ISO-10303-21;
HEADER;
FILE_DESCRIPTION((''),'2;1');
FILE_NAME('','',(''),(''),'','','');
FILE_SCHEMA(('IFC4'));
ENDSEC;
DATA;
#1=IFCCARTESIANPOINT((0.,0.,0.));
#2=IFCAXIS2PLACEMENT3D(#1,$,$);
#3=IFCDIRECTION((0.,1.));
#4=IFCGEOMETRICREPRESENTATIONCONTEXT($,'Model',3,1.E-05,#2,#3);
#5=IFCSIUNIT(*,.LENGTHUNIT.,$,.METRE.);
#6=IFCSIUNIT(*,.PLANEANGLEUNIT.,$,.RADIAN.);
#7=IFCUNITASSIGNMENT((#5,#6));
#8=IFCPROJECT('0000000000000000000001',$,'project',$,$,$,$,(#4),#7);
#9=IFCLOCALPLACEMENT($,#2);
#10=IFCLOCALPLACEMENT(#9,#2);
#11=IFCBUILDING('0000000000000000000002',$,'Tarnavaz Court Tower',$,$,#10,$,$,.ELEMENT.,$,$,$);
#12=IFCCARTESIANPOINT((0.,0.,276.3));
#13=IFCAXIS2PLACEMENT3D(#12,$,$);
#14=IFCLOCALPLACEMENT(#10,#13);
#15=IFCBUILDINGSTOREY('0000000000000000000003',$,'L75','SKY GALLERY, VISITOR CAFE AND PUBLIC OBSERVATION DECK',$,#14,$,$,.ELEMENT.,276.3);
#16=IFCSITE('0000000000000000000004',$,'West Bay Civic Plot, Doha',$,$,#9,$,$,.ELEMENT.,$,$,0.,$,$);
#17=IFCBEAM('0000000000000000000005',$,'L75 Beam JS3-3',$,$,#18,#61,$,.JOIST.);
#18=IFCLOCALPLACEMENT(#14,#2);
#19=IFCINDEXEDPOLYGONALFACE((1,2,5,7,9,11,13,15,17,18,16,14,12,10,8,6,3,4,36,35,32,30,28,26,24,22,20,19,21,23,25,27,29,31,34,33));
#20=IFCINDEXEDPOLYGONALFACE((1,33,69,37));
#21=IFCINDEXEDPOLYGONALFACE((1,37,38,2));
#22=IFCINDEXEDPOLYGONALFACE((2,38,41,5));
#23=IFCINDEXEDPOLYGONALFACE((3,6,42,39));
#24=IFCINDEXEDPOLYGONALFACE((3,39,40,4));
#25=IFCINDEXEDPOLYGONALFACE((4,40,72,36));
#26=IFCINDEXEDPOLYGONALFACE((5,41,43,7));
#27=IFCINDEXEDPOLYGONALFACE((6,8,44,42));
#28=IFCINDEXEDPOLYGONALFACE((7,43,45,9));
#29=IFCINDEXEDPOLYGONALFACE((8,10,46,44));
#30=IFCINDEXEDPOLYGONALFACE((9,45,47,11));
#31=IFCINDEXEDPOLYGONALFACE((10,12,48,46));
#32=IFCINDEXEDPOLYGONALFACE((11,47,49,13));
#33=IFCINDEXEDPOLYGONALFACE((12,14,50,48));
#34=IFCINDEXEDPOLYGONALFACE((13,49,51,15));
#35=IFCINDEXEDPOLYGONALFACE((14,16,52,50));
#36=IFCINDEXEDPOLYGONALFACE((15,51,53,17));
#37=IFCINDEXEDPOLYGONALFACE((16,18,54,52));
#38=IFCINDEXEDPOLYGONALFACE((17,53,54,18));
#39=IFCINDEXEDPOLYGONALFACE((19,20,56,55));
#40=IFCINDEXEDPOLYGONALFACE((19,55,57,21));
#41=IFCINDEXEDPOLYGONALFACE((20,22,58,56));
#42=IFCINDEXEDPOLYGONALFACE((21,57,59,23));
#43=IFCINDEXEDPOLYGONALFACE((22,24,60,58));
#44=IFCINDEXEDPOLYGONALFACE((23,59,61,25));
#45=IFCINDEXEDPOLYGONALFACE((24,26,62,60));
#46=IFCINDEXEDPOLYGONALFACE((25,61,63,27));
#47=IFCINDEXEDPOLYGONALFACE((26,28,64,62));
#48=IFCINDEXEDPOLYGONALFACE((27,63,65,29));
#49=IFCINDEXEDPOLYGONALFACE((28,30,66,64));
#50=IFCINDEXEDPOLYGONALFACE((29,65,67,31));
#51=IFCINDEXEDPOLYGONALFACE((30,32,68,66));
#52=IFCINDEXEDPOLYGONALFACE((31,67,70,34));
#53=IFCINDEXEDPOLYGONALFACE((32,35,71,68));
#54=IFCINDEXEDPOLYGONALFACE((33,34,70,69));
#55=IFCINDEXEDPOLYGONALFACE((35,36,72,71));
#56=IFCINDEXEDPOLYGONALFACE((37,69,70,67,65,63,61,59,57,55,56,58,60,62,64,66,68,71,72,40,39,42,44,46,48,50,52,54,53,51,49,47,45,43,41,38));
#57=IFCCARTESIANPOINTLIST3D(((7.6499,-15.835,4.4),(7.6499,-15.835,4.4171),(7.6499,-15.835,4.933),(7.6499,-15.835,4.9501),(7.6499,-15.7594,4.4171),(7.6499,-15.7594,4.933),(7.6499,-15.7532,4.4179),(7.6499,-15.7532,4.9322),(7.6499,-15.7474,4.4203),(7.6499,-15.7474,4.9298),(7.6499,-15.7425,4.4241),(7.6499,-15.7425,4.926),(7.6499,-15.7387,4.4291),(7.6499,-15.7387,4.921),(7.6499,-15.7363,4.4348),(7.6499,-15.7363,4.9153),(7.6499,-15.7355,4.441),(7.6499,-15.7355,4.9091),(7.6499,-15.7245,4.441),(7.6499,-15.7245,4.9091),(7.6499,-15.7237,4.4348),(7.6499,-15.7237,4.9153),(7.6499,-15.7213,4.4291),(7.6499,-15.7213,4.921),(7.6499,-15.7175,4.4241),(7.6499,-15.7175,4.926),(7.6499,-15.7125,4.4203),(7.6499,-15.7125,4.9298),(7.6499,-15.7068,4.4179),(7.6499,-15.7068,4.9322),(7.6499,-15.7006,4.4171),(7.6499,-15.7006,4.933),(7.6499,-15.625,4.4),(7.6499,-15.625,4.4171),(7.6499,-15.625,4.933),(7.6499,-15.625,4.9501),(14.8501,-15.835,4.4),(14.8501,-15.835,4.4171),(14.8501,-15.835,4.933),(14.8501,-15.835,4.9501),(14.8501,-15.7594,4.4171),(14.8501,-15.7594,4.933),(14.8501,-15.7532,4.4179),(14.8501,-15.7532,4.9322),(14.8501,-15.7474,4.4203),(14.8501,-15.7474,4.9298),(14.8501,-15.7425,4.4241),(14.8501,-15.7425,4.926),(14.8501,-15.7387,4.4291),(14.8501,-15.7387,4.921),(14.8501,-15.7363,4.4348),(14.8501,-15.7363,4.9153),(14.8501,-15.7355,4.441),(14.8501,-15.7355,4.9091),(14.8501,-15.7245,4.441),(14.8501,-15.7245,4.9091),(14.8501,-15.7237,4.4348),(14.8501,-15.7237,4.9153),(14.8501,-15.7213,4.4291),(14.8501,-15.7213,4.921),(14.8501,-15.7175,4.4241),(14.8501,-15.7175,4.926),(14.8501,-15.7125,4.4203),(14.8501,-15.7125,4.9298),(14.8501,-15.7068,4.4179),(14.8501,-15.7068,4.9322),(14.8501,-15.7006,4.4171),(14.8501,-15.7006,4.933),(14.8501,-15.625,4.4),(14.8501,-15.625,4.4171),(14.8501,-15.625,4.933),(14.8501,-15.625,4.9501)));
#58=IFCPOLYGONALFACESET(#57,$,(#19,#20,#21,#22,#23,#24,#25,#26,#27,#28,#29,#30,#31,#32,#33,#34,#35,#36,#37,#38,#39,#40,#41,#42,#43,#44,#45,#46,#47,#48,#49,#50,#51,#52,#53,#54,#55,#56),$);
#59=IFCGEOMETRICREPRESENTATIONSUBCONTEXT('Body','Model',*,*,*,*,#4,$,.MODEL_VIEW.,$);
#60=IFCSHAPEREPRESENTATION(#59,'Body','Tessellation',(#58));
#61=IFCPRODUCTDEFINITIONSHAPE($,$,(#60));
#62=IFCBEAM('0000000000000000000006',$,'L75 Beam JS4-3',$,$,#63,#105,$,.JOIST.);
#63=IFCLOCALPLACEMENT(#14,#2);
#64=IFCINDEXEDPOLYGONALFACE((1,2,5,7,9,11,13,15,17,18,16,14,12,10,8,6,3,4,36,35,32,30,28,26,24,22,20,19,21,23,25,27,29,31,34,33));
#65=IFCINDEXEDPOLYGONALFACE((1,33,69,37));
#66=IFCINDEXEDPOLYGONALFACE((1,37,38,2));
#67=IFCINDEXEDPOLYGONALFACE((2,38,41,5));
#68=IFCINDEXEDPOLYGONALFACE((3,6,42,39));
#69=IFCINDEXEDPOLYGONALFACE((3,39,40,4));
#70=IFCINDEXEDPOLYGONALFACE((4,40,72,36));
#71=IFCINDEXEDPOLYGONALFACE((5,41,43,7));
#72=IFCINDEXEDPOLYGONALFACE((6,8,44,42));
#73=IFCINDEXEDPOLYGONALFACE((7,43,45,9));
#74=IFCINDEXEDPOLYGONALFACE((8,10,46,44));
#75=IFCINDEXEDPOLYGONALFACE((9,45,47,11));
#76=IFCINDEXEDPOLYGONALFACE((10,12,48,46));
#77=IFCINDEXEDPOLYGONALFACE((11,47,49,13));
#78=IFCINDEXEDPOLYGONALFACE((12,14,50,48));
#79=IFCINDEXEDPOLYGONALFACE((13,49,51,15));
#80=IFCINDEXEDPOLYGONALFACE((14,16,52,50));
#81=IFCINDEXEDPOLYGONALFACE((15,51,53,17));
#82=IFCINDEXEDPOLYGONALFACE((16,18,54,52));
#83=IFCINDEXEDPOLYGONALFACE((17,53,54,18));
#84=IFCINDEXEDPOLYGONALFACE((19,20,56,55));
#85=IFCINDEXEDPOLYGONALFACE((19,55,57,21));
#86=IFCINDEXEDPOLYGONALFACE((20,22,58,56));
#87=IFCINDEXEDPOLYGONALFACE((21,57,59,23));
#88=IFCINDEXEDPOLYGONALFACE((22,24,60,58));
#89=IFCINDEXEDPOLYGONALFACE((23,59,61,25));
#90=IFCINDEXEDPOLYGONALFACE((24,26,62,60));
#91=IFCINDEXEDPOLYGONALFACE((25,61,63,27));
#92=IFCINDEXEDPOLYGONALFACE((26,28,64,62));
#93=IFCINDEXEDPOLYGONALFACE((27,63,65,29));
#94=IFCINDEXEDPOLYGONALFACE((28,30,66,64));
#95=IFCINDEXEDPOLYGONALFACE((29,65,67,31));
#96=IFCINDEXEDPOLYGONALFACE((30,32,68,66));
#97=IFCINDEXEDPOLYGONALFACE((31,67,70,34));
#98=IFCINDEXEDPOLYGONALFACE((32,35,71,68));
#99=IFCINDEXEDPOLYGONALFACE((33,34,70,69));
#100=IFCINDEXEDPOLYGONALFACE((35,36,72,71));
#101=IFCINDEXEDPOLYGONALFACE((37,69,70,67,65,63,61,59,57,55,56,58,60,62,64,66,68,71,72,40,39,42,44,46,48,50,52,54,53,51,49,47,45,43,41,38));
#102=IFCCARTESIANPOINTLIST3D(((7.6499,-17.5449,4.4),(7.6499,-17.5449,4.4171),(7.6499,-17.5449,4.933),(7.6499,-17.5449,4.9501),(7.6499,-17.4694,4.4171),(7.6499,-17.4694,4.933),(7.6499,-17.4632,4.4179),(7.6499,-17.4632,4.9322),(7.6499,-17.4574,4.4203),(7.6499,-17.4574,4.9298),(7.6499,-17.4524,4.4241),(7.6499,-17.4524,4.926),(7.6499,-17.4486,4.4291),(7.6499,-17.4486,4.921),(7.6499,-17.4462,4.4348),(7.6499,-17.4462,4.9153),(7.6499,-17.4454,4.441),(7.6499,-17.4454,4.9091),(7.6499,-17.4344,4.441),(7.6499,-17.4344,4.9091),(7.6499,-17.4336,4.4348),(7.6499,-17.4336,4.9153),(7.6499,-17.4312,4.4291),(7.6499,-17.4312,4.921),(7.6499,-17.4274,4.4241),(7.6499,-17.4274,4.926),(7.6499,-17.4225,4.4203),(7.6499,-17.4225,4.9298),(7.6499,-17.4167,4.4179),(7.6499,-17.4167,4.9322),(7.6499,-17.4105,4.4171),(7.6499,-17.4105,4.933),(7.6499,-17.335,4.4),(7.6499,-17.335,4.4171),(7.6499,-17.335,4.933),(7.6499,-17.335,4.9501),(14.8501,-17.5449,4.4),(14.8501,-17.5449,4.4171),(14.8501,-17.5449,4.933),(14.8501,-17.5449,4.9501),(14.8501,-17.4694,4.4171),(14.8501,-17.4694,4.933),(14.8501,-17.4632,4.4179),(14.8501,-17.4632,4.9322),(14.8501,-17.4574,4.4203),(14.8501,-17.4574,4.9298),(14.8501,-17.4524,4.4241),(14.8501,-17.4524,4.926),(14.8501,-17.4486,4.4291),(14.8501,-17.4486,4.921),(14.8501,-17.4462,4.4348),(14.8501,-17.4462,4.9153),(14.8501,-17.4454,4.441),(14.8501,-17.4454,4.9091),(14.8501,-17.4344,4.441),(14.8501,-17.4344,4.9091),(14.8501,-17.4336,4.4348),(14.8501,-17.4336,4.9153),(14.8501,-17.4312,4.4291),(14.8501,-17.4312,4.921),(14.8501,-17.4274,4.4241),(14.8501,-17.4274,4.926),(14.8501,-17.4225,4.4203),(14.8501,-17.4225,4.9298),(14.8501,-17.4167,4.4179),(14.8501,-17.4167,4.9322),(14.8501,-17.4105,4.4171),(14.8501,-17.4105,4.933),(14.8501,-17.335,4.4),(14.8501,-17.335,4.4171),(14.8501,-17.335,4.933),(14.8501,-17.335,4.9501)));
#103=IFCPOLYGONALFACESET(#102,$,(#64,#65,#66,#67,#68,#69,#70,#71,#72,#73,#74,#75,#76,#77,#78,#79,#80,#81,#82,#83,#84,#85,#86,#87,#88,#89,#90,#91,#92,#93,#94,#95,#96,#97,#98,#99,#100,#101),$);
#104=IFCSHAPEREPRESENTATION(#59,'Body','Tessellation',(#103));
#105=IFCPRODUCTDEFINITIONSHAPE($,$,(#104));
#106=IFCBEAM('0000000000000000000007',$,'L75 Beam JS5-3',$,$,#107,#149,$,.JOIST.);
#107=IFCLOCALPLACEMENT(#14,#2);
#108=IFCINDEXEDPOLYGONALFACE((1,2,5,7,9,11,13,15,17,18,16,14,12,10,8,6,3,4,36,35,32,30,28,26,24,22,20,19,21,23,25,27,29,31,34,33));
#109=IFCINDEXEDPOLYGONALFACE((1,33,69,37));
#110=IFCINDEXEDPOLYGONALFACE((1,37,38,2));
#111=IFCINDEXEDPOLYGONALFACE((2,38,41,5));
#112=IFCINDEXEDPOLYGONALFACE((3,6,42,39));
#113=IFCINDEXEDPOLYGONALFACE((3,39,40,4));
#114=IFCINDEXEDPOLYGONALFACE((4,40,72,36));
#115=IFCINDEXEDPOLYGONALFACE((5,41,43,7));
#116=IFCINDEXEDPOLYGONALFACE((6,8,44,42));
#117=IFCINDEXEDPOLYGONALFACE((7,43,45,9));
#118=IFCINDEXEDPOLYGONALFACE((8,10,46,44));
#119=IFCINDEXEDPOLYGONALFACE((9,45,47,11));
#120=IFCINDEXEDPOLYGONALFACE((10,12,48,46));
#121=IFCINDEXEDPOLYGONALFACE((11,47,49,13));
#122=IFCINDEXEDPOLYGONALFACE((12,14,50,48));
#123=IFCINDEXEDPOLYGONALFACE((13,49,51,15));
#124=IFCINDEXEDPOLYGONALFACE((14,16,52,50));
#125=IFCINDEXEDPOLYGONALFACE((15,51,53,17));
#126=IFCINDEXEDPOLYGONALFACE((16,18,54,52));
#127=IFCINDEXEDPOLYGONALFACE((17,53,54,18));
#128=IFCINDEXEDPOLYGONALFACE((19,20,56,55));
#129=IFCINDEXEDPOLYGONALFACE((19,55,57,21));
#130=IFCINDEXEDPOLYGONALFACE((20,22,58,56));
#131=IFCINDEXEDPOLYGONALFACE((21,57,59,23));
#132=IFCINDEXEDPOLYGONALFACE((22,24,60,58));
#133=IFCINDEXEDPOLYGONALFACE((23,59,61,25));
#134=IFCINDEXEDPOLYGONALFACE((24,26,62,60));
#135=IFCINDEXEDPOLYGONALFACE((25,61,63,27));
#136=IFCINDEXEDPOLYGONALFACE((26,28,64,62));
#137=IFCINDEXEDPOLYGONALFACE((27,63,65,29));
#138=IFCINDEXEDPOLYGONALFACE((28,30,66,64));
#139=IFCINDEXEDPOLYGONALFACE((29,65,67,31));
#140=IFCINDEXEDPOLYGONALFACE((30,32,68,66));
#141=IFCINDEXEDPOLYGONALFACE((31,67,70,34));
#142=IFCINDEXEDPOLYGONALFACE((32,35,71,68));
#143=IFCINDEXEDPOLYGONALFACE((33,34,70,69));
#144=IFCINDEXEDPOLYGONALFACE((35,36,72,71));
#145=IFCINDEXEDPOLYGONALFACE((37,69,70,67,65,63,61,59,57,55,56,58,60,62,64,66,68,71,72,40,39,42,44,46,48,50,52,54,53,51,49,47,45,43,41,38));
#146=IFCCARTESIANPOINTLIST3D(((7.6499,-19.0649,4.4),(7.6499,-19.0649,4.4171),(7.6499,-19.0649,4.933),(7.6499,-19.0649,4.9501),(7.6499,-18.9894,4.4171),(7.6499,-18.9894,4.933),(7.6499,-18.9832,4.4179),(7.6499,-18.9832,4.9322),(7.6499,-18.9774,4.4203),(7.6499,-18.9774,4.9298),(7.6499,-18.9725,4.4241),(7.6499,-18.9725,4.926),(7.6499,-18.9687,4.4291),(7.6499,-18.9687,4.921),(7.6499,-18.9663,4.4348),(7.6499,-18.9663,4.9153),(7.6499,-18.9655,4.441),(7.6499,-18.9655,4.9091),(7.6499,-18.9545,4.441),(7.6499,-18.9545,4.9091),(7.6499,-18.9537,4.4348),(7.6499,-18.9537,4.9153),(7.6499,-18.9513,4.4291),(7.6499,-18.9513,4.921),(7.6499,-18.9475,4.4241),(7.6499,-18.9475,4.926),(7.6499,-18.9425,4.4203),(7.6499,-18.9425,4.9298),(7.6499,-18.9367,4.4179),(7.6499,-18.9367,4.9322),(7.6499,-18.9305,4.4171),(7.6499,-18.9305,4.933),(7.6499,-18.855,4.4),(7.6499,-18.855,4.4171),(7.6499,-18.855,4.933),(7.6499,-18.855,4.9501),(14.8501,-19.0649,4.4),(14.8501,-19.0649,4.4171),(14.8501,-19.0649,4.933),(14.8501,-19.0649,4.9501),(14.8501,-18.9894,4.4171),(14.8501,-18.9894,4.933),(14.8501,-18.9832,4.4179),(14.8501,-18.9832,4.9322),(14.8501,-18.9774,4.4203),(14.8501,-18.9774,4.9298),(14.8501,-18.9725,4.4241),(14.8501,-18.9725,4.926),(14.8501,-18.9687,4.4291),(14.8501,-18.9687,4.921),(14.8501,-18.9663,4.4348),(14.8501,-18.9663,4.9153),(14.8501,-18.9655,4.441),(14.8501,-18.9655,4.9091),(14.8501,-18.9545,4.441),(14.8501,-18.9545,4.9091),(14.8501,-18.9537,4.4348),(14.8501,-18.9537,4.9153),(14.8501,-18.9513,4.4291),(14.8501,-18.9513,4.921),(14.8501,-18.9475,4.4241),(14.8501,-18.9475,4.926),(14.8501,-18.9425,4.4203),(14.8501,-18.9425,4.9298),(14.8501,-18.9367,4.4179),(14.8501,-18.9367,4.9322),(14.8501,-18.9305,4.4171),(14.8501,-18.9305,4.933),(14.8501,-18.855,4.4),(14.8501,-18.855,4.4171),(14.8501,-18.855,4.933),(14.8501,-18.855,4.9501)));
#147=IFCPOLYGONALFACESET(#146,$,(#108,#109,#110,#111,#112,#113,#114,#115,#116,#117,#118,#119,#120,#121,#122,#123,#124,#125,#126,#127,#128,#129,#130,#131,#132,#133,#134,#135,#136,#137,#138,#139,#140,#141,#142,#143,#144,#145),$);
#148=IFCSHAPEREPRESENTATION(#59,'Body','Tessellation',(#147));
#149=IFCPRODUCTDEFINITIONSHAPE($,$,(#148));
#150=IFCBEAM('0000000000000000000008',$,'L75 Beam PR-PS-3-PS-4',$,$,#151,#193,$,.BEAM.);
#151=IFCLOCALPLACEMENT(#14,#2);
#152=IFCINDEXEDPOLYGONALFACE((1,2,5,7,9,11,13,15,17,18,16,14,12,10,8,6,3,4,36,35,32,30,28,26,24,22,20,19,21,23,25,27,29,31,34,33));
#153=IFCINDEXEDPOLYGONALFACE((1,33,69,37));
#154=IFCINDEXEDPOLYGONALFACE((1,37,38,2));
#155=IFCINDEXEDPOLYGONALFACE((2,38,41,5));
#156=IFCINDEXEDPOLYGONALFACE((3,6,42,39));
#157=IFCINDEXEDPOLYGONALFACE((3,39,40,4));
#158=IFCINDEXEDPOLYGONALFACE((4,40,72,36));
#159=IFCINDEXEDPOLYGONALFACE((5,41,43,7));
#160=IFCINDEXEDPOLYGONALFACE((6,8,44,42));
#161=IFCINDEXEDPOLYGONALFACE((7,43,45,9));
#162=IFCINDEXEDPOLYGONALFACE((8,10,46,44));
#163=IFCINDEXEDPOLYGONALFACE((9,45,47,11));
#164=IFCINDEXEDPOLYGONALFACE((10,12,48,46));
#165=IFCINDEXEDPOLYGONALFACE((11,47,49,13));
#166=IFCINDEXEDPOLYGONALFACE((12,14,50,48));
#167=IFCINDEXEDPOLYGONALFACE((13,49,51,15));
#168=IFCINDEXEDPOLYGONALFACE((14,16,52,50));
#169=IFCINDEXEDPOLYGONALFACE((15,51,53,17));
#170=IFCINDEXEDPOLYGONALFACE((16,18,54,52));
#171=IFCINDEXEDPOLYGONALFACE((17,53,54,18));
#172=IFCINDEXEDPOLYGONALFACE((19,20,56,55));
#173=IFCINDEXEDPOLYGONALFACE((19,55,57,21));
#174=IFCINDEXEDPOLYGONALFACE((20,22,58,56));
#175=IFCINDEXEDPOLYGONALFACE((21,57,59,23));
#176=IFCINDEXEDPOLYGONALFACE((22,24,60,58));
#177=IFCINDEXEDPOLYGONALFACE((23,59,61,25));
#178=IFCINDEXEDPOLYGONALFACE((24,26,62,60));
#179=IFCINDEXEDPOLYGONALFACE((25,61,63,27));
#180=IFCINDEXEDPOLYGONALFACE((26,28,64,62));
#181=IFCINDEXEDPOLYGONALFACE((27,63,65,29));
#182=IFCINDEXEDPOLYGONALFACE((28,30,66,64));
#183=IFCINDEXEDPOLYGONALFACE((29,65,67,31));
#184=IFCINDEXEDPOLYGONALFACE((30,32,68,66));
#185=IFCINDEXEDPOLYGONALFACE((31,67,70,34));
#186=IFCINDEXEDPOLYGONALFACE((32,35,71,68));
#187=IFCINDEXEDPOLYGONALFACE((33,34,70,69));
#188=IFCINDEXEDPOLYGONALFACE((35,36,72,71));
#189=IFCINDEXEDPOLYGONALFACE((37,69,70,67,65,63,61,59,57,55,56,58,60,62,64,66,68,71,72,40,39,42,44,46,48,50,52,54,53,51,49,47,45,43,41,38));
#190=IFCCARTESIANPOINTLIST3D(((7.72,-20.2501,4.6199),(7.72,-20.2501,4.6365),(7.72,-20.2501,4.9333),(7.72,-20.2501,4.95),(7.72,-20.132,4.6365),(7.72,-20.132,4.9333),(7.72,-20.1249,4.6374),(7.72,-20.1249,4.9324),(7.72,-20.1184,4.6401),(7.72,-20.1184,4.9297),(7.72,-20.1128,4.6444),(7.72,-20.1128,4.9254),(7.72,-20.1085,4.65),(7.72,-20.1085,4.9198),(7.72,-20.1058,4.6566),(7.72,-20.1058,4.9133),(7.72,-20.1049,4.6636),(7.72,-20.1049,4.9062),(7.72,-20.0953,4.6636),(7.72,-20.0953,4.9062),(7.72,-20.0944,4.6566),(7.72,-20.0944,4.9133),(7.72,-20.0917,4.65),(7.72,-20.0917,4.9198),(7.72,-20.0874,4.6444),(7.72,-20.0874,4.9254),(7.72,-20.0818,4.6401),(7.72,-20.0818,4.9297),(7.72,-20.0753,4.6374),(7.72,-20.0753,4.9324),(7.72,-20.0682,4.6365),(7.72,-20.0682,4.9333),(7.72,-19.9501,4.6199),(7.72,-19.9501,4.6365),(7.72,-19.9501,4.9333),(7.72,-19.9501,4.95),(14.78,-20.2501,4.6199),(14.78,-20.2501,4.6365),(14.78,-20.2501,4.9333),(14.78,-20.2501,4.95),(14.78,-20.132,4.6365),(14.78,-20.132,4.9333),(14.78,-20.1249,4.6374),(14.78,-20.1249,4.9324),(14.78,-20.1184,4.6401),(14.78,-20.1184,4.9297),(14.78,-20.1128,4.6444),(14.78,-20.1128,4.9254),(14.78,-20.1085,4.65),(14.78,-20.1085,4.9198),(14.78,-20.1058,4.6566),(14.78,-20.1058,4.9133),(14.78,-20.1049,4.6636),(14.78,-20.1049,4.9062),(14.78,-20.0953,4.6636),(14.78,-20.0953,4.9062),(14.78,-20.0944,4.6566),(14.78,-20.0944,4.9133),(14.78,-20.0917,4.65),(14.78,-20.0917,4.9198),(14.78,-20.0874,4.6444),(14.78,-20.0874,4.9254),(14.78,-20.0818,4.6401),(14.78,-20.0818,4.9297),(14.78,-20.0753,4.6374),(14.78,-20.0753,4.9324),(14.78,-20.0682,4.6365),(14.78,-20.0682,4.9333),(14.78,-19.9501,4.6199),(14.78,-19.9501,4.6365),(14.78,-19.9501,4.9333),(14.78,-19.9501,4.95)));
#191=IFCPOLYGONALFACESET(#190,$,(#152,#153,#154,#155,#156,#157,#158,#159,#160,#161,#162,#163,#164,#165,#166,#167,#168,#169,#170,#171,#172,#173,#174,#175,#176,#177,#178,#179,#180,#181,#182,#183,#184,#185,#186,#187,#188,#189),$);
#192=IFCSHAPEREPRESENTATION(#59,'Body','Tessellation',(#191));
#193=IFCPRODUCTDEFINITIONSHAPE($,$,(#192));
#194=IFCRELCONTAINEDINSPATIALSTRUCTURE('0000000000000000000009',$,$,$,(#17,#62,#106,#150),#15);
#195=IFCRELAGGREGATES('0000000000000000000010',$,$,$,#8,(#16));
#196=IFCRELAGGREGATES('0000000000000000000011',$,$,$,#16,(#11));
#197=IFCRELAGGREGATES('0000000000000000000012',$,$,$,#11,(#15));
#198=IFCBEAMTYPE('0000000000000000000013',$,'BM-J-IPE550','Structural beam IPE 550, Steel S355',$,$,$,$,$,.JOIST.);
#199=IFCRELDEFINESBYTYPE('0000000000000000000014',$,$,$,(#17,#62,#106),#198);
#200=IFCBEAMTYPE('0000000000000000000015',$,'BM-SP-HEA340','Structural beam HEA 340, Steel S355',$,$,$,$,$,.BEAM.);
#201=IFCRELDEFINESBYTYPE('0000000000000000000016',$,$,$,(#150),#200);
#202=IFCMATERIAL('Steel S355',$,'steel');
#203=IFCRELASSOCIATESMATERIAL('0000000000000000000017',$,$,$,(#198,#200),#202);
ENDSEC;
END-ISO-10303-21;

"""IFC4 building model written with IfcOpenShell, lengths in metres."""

from ifc_helpers import new_model, si_unit, direction, frame, origin, origin_2d, place, context, subcontext, project, spatial, i_section, extrude, material, material_profile, profile_set, type_object, element, save


model = new_model("IFC4")

# Units and contexts
model_context = context("Model", 3, precision=1e-05, world=origin(), true_north=direction((0.0, 1.0)))
body_context = subcontext(model_context, "Body", "Model", "MODEL_VIEW")
ifc_project = project(units=[si_unit("LENGTHUNIT", "METRE"), si_unit("PLANEANGLEUNIT", "RADIAN")], contexts=[model_context])

# Site, building, storey
site_placement = place(None, origin())
site = spatial("IfcSite", under=ifc_project, at=site_placement, Name="West Bay Civic Plot, Doha", CompositionType="ELEMENT", RefElevation=0.0)
building_placement = place(site_placement, origin())
building = spatial("IfcBuilding", under=site, at=building_placement, Name="Tarnavaz Court Tower", CompositionType="ELEMENT")
storey_placement = place(building_placement, frame((0.0, 0.0, 276.3)))
storey = spatial("IfcBuildingStorey", under=building, at=storey_placement, Name="L75", Description="SKY GALLERY, VISITOR CAFE AND PUBLIC OBSERVATION DECK", CompositionType="ELEMENT", Elevation=276.3)

# Beams
ifc_material_1 = material(Name="Steel S355", Category="steel")
ifc_material_profile_1 = material_profile(ifc_material_1, i_section(OverallWidth=0.21, OverallDepth=0.55, WebThickness=0.011, FlangeThickness=0.0171, FilletRadius=0.0239, at=origin_2d()), Name="IPE 550")
ifc_profile_set_1 = profile_set([ifc_material_profile_1], Name="Steel S355")
beam_type_1 = type_object("IfcBeamType", Name="BM-J-IPE550", Description="Structural beam IPE 550, Steel S355", PredefinedType="JOIST", material=ifc_profile_set_1)
for number, where, z_axis, x_axis, name in (
    (1, (7.6499, -15.73, 4.675), (1.0, 0.0, 0.0), (0.0, 1.0, 0.0), "L75 Beam JS3-3"),
    (2, (7.6499, -17.4399, 4.675), (1.0, 0.0, 0.0), (0.0, 1.0, 0.0), "L75 Beam JS4-3"),
    (3, (7.6499, -18.96, 4.675), (1.0, 0.0, 0.0), (0.0, 1.0, 0.0), "L75 Beam JS5-3"),
):
    element("IfcBeam", number, at=place(storey_placement, frame(where, z_axis=z_axis, x_axis=x_axis)), inside=storey, type_object=beam_type_1, Name=name, PredefinedType="JOIST", context=body_context, shape_type="SweptSolid", body=[
        extrude(i_section(OverallWidth=0.21, OverallDepth=0.55, WebThickness=0.011, FlangeThickness=0.0171, FilletRadius=0.0239, at=origin_2d()), origin(), (0.0, 0.0, 1.0), 7.2002),
    ])
ifc_material_profile_2 = material_profile(ifc_material_1, i_section(OverallWidth=0.3, OverallDepth=0.3301, WebThickness=0.0095, FlangeThickness=0.0166, FilletRadius=0.0271, at=origin_2d()), Name="HEA 340")
ifc_profile_set_2 = profile_set([ifc_material_profile_2], Name="Steel S355")
beam_type_2 = type_object("IfcBeamType", Name="BM-SP-HEA340", Description="Structural beam HEA 340, Steel S355", PredefinedType="BEAM", material=ifc_profile_set_2)
beam_1_placement = place(storey_placement, frame((7.72, -20.1001, 4.7849), z_axis=(1.0, 0.0, 0.0), x_axis=(0.0, 1.0, 0.0)))
element("IfcBeam", 4, at=beam_1_placement, inside=storey, type_object=beam_type_2, Name="L75 Beam PR-PS-3-PS-4", PredefinedType="BEAM", context=body_context, shape_type="SweptSolid", body=[
    extrude(i_section(OverallWidth=0.3, OverallDepth=0.3301, WebThickness=0.0095, FlangeThickness=0.0166, FilletRadius=0.0271, at=origin_2d()), origin(), (0.0, 0.0, 1.0), 7.0601),
])

save(model, "model.ifc")
